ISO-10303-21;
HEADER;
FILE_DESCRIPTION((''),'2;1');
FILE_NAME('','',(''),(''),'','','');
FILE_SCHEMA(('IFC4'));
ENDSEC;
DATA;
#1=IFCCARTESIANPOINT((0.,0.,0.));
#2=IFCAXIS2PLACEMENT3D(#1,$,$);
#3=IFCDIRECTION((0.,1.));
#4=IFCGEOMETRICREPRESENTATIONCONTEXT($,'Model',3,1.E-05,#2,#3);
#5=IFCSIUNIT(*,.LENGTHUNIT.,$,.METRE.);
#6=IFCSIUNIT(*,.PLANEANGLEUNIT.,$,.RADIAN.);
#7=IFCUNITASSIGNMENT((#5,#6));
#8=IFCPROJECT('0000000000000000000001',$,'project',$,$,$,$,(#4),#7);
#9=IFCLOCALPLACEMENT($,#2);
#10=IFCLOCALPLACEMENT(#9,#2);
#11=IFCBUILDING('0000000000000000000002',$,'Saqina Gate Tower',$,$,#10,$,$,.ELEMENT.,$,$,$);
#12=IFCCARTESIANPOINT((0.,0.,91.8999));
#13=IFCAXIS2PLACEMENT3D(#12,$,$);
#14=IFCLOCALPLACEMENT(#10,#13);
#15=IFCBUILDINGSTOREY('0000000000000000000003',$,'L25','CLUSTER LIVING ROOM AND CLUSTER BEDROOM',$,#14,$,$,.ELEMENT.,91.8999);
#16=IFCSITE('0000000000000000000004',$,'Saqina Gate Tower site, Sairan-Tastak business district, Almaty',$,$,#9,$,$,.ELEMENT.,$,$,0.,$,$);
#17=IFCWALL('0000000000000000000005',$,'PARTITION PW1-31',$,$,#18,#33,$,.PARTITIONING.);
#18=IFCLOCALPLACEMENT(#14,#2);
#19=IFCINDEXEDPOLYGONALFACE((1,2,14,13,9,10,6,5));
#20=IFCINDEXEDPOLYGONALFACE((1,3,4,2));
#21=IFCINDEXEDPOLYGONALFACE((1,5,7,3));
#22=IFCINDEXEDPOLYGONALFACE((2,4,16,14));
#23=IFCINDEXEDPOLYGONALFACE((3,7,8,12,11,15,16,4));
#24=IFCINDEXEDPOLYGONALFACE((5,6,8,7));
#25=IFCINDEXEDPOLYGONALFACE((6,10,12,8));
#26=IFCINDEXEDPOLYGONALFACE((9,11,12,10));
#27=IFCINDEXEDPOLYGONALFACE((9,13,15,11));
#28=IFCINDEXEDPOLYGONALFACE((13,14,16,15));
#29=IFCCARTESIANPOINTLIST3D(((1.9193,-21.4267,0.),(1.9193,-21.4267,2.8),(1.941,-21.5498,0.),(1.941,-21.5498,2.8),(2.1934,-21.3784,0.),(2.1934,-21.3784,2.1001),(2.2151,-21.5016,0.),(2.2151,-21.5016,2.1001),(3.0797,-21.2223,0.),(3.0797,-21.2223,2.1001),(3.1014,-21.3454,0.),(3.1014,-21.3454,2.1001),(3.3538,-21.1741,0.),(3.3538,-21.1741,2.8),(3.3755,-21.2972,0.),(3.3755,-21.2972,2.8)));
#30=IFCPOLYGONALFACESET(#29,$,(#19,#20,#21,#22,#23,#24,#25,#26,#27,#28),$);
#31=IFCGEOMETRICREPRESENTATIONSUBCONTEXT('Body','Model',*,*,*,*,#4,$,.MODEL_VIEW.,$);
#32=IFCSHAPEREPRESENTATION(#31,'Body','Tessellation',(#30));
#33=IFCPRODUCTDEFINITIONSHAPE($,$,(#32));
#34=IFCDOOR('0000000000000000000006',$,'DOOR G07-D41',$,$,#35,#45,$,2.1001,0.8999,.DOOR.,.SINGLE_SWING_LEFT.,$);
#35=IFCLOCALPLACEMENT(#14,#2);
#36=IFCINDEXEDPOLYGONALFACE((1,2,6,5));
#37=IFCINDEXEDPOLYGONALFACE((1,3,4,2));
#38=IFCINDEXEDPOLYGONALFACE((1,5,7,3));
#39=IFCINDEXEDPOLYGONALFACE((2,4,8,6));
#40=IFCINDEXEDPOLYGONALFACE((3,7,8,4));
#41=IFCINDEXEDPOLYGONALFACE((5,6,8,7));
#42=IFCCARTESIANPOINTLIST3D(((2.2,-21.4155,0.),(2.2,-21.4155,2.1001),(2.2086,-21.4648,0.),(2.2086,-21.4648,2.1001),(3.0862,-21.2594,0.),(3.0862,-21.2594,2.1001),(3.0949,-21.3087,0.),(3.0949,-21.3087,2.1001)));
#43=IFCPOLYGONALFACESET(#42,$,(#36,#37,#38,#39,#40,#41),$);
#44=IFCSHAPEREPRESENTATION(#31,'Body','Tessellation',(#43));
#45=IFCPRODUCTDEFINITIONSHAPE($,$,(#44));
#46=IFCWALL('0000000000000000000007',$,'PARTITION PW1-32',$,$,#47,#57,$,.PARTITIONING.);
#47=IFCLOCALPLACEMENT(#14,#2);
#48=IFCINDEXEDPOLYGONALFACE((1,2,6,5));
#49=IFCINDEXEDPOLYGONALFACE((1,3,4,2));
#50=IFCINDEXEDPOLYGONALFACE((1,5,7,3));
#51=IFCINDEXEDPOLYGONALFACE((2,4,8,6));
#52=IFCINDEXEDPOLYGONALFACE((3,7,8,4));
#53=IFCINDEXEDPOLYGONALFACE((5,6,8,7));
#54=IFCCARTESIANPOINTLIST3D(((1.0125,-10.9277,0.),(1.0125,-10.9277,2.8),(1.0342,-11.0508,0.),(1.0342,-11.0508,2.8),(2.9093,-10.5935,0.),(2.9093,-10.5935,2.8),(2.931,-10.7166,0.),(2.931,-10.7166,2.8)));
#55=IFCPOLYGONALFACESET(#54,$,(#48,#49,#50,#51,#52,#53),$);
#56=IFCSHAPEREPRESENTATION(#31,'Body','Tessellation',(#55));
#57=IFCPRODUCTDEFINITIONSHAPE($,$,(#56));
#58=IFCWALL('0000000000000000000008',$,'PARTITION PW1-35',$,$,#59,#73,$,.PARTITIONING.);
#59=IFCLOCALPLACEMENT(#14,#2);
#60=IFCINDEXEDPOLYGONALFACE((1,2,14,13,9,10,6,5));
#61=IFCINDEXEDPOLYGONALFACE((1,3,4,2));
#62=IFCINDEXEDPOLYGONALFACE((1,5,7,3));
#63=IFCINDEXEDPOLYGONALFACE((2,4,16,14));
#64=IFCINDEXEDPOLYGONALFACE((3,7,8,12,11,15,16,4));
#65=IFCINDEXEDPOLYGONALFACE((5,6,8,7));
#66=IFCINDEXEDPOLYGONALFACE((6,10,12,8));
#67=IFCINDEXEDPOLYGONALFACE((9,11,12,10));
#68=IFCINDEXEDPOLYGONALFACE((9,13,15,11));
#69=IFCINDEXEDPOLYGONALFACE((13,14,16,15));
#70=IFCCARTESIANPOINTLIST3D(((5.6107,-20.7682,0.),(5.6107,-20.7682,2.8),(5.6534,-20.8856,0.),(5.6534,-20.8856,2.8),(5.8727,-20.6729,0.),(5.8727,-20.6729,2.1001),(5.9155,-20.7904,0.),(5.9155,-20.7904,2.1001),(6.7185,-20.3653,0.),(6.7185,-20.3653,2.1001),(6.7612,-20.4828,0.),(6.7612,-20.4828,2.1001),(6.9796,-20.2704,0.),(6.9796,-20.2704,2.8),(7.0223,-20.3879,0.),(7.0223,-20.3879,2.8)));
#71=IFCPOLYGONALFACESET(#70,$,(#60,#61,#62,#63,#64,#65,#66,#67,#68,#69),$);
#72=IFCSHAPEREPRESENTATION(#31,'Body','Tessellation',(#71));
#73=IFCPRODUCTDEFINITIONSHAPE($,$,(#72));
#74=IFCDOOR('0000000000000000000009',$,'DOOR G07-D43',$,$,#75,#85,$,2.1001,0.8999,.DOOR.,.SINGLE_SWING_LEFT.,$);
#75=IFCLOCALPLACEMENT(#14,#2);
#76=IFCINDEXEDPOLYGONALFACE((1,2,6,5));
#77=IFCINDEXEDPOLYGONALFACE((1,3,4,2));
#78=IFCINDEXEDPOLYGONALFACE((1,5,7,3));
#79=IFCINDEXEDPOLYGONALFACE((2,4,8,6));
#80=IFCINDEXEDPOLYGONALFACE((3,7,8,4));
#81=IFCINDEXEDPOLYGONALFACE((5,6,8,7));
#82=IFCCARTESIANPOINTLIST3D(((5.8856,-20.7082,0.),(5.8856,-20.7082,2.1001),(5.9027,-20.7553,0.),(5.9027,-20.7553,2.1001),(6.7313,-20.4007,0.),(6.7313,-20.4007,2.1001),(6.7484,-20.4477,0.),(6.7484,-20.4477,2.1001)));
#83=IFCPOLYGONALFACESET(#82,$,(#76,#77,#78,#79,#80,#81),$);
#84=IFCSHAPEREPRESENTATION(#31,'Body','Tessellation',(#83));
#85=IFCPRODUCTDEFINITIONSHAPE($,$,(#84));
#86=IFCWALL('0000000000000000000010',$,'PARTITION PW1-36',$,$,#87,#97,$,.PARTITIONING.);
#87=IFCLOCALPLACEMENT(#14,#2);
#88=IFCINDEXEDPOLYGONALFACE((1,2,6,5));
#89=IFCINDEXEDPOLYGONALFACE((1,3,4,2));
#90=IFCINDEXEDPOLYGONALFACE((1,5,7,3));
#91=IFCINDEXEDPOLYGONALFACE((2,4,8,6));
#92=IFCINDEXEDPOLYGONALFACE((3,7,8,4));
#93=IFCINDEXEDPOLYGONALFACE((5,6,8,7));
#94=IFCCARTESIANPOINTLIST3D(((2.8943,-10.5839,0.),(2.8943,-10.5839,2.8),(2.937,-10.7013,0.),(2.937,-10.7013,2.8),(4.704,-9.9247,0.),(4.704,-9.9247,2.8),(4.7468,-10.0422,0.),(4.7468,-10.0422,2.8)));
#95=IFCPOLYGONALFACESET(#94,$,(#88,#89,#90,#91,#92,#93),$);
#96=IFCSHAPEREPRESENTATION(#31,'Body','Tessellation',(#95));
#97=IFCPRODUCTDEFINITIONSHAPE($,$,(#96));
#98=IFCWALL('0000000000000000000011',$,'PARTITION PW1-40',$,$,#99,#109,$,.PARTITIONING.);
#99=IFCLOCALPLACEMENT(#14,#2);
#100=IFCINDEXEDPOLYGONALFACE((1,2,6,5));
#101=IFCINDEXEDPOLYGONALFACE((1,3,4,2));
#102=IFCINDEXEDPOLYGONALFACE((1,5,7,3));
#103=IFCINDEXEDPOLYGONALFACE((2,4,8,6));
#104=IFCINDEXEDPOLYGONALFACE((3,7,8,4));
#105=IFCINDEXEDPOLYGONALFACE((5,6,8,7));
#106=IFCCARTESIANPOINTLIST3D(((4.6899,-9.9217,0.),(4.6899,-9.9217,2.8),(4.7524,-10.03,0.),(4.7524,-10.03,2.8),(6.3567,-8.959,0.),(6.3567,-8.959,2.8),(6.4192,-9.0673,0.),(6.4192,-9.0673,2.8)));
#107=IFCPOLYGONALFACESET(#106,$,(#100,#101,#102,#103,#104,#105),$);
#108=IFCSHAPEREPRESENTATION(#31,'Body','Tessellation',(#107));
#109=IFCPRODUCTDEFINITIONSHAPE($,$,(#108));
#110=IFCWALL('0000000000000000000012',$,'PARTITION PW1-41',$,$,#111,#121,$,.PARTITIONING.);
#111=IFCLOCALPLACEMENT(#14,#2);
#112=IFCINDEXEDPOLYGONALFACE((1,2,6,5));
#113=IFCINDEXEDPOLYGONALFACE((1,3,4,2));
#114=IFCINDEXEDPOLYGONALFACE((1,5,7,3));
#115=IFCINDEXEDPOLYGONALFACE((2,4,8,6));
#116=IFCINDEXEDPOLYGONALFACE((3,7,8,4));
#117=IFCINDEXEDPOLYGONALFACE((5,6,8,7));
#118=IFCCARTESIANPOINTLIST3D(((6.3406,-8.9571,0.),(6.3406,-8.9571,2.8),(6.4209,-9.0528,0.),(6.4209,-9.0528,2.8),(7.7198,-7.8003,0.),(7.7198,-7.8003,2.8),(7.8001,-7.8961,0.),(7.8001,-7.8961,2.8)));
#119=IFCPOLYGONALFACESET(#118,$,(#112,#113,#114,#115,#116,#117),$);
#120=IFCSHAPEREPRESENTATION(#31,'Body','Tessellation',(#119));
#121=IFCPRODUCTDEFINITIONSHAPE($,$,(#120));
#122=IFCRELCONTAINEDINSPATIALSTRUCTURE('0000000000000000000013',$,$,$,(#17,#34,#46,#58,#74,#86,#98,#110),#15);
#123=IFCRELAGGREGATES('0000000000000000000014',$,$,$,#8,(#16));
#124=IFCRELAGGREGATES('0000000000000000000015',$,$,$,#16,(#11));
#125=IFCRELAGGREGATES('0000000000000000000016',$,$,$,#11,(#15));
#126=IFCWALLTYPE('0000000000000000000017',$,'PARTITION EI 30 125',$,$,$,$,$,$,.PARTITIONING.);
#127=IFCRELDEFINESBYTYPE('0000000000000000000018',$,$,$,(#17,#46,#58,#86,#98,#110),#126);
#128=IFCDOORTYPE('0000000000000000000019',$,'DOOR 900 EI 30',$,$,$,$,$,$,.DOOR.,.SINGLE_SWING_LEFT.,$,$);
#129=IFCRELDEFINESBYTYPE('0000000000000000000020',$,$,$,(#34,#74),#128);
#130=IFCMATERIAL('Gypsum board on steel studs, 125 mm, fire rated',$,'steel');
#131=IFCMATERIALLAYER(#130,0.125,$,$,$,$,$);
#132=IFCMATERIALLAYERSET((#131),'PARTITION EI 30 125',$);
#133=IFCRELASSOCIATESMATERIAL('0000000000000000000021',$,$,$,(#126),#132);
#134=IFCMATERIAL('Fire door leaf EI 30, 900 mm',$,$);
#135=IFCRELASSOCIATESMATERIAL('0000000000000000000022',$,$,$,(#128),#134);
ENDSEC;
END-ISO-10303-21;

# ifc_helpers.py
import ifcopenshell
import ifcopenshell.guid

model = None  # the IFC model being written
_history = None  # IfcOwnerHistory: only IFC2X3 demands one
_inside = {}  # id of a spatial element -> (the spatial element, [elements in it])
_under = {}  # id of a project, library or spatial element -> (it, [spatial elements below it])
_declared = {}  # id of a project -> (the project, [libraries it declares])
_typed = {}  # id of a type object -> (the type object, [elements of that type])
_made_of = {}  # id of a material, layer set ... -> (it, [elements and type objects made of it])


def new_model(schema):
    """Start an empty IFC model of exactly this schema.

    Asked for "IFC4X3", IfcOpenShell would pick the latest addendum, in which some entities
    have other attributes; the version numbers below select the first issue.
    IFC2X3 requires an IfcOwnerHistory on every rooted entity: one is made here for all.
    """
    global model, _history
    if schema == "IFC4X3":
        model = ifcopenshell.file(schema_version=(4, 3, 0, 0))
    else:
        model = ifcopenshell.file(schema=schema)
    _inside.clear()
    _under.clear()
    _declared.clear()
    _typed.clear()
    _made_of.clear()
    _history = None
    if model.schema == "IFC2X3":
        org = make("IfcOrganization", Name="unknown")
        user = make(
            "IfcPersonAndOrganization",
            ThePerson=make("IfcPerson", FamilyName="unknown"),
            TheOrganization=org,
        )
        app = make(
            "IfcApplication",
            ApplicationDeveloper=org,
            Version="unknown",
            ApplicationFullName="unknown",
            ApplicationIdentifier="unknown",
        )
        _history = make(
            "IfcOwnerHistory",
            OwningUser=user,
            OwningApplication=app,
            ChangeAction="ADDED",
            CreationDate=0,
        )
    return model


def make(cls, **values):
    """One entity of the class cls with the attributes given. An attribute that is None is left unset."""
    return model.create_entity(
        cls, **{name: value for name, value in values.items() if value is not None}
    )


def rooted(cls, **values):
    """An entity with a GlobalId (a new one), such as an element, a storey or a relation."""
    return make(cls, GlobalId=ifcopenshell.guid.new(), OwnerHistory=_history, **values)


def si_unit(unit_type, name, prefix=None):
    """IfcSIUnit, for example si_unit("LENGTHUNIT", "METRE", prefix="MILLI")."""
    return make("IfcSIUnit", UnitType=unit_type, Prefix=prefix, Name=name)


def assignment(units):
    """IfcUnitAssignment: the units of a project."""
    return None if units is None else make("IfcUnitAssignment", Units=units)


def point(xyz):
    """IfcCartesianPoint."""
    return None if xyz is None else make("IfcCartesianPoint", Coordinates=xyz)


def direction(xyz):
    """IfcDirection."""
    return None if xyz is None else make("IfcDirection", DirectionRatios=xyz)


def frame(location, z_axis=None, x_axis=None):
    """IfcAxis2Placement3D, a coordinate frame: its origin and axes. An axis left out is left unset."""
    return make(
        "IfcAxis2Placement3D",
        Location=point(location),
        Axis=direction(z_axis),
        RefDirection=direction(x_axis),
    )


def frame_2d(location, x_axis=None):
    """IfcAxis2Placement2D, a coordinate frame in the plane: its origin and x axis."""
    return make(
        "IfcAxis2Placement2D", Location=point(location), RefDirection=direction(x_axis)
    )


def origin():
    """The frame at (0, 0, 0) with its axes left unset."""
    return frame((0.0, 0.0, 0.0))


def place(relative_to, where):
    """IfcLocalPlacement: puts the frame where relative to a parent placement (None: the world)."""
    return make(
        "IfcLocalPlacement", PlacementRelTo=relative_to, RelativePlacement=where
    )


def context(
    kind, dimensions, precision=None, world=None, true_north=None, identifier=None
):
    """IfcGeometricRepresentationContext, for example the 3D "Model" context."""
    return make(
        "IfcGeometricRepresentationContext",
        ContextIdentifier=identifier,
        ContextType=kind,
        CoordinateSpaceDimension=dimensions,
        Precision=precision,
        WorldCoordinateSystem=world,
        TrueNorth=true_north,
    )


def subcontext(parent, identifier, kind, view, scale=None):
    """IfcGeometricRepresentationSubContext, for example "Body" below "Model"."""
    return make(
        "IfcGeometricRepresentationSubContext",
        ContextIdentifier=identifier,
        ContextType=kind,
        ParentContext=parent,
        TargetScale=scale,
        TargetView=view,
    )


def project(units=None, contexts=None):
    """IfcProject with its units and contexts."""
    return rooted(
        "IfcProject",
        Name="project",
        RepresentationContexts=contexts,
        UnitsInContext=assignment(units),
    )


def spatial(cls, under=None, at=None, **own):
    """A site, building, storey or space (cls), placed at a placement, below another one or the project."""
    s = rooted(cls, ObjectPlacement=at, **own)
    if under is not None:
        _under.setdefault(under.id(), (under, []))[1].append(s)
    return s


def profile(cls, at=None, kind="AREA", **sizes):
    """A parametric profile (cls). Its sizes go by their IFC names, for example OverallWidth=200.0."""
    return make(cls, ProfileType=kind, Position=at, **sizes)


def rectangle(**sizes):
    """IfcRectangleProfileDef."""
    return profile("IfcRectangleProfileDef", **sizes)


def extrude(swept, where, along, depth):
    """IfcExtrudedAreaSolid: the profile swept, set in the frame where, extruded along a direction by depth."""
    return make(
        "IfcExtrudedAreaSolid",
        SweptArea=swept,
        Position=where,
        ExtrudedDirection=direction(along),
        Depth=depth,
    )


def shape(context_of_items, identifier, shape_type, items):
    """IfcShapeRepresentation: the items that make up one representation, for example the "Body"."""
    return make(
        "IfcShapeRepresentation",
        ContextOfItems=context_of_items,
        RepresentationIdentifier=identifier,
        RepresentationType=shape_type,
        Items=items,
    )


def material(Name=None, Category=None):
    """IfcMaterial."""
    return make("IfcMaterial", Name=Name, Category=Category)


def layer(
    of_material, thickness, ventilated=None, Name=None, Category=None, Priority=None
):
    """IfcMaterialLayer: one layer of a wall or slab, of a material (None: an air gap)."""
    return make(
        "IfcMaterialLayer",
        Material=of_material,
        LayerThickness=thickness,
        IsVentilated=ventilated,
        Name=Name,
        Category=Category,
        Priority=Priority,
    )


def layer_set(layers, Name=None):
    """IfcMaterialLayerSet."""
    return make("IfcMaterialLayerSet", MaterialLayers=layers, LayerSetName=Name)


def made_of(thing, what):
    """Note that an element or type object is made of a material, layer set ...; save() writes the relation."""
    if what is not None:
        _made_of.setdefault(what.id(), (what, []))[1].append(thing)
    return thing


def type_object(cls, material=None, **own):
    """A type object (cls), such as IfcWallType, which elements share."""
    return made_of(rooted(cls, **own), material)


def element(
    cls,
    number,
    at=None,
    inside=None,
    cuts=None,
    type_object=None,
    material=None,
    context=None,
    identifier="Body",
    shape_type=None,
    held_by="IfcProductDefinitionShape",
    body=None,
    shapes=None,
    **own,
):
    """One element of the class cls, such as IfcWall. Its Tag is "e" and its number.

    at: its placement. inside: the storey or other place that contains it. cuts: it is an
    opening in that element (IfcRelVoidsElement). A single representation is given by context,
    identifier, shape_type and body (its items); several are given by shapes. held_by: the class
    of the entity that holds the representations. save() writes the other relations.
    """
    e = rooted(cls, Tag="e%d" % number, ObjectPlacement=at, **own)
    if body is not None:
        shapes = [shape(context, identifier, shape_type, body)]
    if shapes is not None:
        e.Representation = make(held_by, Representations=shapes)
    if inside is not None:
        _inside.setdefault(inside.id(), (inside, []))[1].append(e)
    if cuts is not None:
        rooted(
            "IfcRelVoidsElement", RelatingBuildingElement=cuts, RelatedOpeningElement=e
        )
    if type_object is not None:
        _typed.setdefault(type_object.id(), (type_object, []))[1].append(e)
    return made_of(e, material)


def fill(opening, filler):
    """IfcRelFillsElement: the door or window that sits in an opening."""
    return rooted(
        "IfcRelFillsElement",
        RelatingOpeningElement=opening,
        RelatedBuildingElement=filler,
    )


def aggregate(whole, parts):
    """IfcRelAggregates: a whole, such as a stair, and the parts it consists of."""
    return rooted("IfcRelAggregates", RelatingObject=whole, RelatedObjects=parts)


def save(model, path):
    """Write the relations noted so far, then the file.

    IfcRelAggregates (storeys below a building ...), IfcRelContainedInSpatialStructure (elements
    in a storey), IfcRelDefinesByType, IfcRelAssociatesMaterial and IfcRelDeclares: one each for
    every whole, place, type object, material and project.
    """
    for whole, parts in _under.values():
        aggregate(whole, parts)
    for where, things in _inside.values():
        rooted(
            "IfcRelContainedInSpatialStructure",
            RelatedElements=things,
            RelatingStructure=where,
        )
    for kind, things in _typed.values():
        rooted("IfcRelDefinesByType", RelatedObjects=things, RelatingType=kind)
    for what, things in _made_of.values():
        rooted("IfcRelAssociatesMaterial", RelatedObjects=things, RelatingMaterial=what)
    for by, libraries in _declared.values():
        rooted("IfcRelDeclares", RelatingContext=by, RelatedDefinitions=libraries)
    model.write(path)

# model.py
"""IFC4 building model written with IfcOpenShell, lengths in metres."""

from ifc_helpers import new_model, si_unit, direction, frame, frame_2d, origin, place, context, subcontext, project, spatial, rectangle, extrude, material, layer, layer_set, type_object, element, fill, save


model = new_model("IFC4")

# Units and contexts
model_context = context("Model", 3, precision=1e-05, world=origin(), true_north=direction((0.0, 1.0)))
body_context = subcontext(model_context, "Body", "Model", "MODEL_VIEW")
ifc_project = project(units=[si_unit("LENGTHUNIT", "METRE"), si_unit("PLANEANGLEUNIT", "RADIAN")], contexts=[model_context])

# Site, building, storey
site_placement = place(None, origin())
site = spatial("IfcSite", under=ifc_project, at=site_placement, Name="Saqina Gate Tower site, Sairan-Tastak business district, Almaty", CompositionType="ELEMENT", RefElevation=0.0)
building_placement = place(site_placement, origin())
building = spatial("IfcBuilding", under=site, at=building_placement, Name="Saqina Gate Tower", CompositionType="ELEMENT")
storey_placement = place(building_placement, frame((0.0, 0.0, 91.8999)))
storey = spatial("IfcBuildingStorey", under=building, at=storey_placement, Name="L25", Description="CLUSTER LIVING ROOM AND CLUSTER BEDROOM", CompositionType="ELEMENT", Elevation=91.8999)

# Wall, opening, door
ifc_material_1 = material(Name="Gypsum board on steel studs, 125 mm, fire rated", Category="steel")
ifc_layer_1 = layer(ifc_material_1, 0.125)
ifc_layer_set_1 = layer_set([ifc_layer_1], Name="PARTITION EI 30 125")
wall_type_1 = type_object("IfcWallType", Name="PARTITION EI 30 125", PredefinedType="PARTITIONING", material=ifc_layer_set_1)
wall_1_placement = place(storey_placement, frame((1.9302, -21.4883, 0.0), z_axis=(0.0, 0.0, 1.0), x_axis=(0.984839, 0.17347, 0.0)))
wall_1 = element("IfcWall", 1, at=wall_1_placement, inside=storey, type_object=wall_type_1, Name="PARTITION PW1-31", PredefinedType="PARTITIONING", context=body_context, shape_type="SweptSolid", body=[
    extrude(rectangle(XDim=1.4565, YDim=0.125, at=frame_2d((0.7283, 0.0))), origin(), (0.0, 0.0, 1.0), 2.8),
])
opening_1_placement = place(wall_1_placement, frame((0.2783, 0.0, 0.0)))
opening_1 = element("IfcOpeningElement", 2, at=opening_1_placement, cuts=wall_1, PredefinedType="OPENING", context=body_context, shape_type="SweptSolid", body=[
    extrude(rectangle(XDim=0.8999, YDim=2.1001, at=frame_2d((0.45, 1.05))), frame((0.0, 0.0745, 0.0), z_axis=(0.0, -1.0, 0.0), x_axis=(1.0, 0.0, 0.0)), (0.0, 0.0, 1.0), 0.1489),
])
ifc_material_2 = material(Name="Fire door leaf EI 30, 900 mm")
door_type_1 = type_object("IfcDoorType", Name="DOOR 900 EI 30", OperationType="SINGLE_SWING_LEFT", PredefinedType="DOOR", material=ifc_material_2)
door_1_placement = place(opening_1_placement, origin())
door_1 = element("IfcDoor", 3, at=door_1_placement, inside=storey, type_object=door_type_1, Name="DOOR G07-D41", OperationType="SINGLE_SWING_LEFT", OverallHeight=2.1001, OverallWidth=0.8999, PredefinedType="DOOR", context=body_context, shape_type="SweptSolid", body=[
    extrude(rectangle(XDim=0.8999, YDim=2.1001, at=frame_2d((0.45, 1.05))), frame((0.0, 0.0249, 0.0), z_axis=(0.0, -1.0, 0.0), x_axis=(1.0, 0.0, 0.0)), (0.0, 0.0, 1.0), 0.05),
])
fill(opening_1, door_1)

# Wall
wall_2_placement = place(storey_placement, frame((1.0234, -10.9893, 0.0), z_axis=(0.0, 0.0, 1.0), x_axis=(0.984827, 0.173539, 0.0)))
element("IfcWall", 4, at=wall_2_placement, inside=storey, type_object=wall_type_1, Name="PARTITION PW1-32", PredefinedType="PARTITIONING", context=body_context, shape_type="SweptSolid", body=[
    extrude(rectangle(XDim=1.926, YDim=0.125, at=frame_2d((0.9629, 0.0))), origin(), (0.0, 0.0, 1.0), 2.8),
])

# Wall, opening, door
wall_3_placement = place(storey_placement, frame((5.6321, -20.8269, 0.0), z_axis=(0.0, 0.0, 1.0), x_axis=(0.939789, 0.341757, 0.0)))
wall_3 = element("IfcWall", 5, at=wall_3_placement, inside=storey, type_object=wall_type_1, Name="PARTITION PW1-35", PredefinedType="PARTITIONING", context=body_context, shape_type="SweptSolid", body=[
    extrude(rectangle(XDim=1.4565, YDim=0.125, at=frame_2d((0.7283, 0.0))), origin(), (0.0, 0.0, 1.0), 2.8),
])
opening_2_placement = place(wall_3_placement, frame((0.2788, 0.0, 0.0)))
opening_2 = element("IfcOpeningElement", 6, at=opening_2_placement, cuts=wall_3, PredefinedType="OPENING", context=body_context, shape_type="SweptSolid", body=[
    extrude(rectangle(XDim=0.8999, YDim=2.1001, at=frame_2d((0.45, 1.05))), frame((0.0, 0.0745, 0.0), z_axis=(0.0, -1.0, 0.0), x_axis=(1.0, 0.0, 0.0)), (0.0, 0.0, 1.0), 0.1489),
])
door_2_placement = place(opening_2_placement, origin())
door_2 = element("IfcDoor", 7, at=door_2_placement, inside=storey, type_object=door_type_1, Name="DOOR G07-D43", OperationType="SINGLE_SWING_LEFT", OverallHeight=2.1001, OverallWidth=0.8999, PredefinedType="DOOR", context=body_context, shape_type="SweptSolid", body=[
    extrude(rectangle(XDim=0.8999, YDim=2.1001, at=frame_2d((0.45, 1.05))), frame((0.0, 0.0249, 0.0), z_axis=(0.0, -1.0, 0.0), x_axis=(1.0, 0.0, 0.0)), (0.0, 0.0, 1.0), 0.05),
])
fill(opening_2, door_2)

# Walls
wall_4_placement = place(storey_placement, frame((2.9158, -10.6426, 0.0), z_axis=(0.0, 0.0, 1.0), x_axis=(0.939616, 0.342232, 0.0)))
element("IfcWall", 8, at=wall_4_placement, inside=storey, type_object=wall_type_1, Name="PARTITION PW1-36", PredefinedType="PARTITIONING", context=body_context, shape_type="SweptSolid", body=[
    extrude(rectangle(XDim=1.926, YDim=0.125, at=frame_2d((0.9629, 0.0))), origin(), (0.0, 0.0, 1.0), 2.8),
])
wall_5_placement = place(storey_placement, frame((4.7212, -9.9758, 0.0), z_axis=(0.0, 0.0, 1.0), x_axis=(0.865947, 0.500136, 0.0)))
element("IfcWall", 9, at=wall_5_placement, inside=storey, type_object=wall_type_1, Name="PARTITION PW1-40", PredefinedType="PARTITIONING", context=body_context, shape_type="SweptSolid", body=[
    extrude(rectangle(XDim=1.9248, YDim=0.125, at=frame_2d((0.9624, 0.0))), origin(), (0.0, 0.0, 1.0), 2.8),
])
wall_6_placement = place(storey_placement, frame((6.3809, -9.0049, 0.0), z_axis=(0.0, 0.0, 1.0), x_axis=(0.766183, 0.642623, 0.0)))
element("IfcWall", 10, at=wall_6_placement, inside=storey, type_object=wall_type_1, Name="PARTITION PW1-41", PredefinedType="PARTITIONING", context=body_context, shape_type="SweptSolid", body=[
    extrude(rectangle(XDim=1.8, YDim=0.125, at=frame_2d((0.8999, 0.0))), origin(), (0.0, 0.0, 1.0), 2.8),
])

save(model, "model.ifc")
